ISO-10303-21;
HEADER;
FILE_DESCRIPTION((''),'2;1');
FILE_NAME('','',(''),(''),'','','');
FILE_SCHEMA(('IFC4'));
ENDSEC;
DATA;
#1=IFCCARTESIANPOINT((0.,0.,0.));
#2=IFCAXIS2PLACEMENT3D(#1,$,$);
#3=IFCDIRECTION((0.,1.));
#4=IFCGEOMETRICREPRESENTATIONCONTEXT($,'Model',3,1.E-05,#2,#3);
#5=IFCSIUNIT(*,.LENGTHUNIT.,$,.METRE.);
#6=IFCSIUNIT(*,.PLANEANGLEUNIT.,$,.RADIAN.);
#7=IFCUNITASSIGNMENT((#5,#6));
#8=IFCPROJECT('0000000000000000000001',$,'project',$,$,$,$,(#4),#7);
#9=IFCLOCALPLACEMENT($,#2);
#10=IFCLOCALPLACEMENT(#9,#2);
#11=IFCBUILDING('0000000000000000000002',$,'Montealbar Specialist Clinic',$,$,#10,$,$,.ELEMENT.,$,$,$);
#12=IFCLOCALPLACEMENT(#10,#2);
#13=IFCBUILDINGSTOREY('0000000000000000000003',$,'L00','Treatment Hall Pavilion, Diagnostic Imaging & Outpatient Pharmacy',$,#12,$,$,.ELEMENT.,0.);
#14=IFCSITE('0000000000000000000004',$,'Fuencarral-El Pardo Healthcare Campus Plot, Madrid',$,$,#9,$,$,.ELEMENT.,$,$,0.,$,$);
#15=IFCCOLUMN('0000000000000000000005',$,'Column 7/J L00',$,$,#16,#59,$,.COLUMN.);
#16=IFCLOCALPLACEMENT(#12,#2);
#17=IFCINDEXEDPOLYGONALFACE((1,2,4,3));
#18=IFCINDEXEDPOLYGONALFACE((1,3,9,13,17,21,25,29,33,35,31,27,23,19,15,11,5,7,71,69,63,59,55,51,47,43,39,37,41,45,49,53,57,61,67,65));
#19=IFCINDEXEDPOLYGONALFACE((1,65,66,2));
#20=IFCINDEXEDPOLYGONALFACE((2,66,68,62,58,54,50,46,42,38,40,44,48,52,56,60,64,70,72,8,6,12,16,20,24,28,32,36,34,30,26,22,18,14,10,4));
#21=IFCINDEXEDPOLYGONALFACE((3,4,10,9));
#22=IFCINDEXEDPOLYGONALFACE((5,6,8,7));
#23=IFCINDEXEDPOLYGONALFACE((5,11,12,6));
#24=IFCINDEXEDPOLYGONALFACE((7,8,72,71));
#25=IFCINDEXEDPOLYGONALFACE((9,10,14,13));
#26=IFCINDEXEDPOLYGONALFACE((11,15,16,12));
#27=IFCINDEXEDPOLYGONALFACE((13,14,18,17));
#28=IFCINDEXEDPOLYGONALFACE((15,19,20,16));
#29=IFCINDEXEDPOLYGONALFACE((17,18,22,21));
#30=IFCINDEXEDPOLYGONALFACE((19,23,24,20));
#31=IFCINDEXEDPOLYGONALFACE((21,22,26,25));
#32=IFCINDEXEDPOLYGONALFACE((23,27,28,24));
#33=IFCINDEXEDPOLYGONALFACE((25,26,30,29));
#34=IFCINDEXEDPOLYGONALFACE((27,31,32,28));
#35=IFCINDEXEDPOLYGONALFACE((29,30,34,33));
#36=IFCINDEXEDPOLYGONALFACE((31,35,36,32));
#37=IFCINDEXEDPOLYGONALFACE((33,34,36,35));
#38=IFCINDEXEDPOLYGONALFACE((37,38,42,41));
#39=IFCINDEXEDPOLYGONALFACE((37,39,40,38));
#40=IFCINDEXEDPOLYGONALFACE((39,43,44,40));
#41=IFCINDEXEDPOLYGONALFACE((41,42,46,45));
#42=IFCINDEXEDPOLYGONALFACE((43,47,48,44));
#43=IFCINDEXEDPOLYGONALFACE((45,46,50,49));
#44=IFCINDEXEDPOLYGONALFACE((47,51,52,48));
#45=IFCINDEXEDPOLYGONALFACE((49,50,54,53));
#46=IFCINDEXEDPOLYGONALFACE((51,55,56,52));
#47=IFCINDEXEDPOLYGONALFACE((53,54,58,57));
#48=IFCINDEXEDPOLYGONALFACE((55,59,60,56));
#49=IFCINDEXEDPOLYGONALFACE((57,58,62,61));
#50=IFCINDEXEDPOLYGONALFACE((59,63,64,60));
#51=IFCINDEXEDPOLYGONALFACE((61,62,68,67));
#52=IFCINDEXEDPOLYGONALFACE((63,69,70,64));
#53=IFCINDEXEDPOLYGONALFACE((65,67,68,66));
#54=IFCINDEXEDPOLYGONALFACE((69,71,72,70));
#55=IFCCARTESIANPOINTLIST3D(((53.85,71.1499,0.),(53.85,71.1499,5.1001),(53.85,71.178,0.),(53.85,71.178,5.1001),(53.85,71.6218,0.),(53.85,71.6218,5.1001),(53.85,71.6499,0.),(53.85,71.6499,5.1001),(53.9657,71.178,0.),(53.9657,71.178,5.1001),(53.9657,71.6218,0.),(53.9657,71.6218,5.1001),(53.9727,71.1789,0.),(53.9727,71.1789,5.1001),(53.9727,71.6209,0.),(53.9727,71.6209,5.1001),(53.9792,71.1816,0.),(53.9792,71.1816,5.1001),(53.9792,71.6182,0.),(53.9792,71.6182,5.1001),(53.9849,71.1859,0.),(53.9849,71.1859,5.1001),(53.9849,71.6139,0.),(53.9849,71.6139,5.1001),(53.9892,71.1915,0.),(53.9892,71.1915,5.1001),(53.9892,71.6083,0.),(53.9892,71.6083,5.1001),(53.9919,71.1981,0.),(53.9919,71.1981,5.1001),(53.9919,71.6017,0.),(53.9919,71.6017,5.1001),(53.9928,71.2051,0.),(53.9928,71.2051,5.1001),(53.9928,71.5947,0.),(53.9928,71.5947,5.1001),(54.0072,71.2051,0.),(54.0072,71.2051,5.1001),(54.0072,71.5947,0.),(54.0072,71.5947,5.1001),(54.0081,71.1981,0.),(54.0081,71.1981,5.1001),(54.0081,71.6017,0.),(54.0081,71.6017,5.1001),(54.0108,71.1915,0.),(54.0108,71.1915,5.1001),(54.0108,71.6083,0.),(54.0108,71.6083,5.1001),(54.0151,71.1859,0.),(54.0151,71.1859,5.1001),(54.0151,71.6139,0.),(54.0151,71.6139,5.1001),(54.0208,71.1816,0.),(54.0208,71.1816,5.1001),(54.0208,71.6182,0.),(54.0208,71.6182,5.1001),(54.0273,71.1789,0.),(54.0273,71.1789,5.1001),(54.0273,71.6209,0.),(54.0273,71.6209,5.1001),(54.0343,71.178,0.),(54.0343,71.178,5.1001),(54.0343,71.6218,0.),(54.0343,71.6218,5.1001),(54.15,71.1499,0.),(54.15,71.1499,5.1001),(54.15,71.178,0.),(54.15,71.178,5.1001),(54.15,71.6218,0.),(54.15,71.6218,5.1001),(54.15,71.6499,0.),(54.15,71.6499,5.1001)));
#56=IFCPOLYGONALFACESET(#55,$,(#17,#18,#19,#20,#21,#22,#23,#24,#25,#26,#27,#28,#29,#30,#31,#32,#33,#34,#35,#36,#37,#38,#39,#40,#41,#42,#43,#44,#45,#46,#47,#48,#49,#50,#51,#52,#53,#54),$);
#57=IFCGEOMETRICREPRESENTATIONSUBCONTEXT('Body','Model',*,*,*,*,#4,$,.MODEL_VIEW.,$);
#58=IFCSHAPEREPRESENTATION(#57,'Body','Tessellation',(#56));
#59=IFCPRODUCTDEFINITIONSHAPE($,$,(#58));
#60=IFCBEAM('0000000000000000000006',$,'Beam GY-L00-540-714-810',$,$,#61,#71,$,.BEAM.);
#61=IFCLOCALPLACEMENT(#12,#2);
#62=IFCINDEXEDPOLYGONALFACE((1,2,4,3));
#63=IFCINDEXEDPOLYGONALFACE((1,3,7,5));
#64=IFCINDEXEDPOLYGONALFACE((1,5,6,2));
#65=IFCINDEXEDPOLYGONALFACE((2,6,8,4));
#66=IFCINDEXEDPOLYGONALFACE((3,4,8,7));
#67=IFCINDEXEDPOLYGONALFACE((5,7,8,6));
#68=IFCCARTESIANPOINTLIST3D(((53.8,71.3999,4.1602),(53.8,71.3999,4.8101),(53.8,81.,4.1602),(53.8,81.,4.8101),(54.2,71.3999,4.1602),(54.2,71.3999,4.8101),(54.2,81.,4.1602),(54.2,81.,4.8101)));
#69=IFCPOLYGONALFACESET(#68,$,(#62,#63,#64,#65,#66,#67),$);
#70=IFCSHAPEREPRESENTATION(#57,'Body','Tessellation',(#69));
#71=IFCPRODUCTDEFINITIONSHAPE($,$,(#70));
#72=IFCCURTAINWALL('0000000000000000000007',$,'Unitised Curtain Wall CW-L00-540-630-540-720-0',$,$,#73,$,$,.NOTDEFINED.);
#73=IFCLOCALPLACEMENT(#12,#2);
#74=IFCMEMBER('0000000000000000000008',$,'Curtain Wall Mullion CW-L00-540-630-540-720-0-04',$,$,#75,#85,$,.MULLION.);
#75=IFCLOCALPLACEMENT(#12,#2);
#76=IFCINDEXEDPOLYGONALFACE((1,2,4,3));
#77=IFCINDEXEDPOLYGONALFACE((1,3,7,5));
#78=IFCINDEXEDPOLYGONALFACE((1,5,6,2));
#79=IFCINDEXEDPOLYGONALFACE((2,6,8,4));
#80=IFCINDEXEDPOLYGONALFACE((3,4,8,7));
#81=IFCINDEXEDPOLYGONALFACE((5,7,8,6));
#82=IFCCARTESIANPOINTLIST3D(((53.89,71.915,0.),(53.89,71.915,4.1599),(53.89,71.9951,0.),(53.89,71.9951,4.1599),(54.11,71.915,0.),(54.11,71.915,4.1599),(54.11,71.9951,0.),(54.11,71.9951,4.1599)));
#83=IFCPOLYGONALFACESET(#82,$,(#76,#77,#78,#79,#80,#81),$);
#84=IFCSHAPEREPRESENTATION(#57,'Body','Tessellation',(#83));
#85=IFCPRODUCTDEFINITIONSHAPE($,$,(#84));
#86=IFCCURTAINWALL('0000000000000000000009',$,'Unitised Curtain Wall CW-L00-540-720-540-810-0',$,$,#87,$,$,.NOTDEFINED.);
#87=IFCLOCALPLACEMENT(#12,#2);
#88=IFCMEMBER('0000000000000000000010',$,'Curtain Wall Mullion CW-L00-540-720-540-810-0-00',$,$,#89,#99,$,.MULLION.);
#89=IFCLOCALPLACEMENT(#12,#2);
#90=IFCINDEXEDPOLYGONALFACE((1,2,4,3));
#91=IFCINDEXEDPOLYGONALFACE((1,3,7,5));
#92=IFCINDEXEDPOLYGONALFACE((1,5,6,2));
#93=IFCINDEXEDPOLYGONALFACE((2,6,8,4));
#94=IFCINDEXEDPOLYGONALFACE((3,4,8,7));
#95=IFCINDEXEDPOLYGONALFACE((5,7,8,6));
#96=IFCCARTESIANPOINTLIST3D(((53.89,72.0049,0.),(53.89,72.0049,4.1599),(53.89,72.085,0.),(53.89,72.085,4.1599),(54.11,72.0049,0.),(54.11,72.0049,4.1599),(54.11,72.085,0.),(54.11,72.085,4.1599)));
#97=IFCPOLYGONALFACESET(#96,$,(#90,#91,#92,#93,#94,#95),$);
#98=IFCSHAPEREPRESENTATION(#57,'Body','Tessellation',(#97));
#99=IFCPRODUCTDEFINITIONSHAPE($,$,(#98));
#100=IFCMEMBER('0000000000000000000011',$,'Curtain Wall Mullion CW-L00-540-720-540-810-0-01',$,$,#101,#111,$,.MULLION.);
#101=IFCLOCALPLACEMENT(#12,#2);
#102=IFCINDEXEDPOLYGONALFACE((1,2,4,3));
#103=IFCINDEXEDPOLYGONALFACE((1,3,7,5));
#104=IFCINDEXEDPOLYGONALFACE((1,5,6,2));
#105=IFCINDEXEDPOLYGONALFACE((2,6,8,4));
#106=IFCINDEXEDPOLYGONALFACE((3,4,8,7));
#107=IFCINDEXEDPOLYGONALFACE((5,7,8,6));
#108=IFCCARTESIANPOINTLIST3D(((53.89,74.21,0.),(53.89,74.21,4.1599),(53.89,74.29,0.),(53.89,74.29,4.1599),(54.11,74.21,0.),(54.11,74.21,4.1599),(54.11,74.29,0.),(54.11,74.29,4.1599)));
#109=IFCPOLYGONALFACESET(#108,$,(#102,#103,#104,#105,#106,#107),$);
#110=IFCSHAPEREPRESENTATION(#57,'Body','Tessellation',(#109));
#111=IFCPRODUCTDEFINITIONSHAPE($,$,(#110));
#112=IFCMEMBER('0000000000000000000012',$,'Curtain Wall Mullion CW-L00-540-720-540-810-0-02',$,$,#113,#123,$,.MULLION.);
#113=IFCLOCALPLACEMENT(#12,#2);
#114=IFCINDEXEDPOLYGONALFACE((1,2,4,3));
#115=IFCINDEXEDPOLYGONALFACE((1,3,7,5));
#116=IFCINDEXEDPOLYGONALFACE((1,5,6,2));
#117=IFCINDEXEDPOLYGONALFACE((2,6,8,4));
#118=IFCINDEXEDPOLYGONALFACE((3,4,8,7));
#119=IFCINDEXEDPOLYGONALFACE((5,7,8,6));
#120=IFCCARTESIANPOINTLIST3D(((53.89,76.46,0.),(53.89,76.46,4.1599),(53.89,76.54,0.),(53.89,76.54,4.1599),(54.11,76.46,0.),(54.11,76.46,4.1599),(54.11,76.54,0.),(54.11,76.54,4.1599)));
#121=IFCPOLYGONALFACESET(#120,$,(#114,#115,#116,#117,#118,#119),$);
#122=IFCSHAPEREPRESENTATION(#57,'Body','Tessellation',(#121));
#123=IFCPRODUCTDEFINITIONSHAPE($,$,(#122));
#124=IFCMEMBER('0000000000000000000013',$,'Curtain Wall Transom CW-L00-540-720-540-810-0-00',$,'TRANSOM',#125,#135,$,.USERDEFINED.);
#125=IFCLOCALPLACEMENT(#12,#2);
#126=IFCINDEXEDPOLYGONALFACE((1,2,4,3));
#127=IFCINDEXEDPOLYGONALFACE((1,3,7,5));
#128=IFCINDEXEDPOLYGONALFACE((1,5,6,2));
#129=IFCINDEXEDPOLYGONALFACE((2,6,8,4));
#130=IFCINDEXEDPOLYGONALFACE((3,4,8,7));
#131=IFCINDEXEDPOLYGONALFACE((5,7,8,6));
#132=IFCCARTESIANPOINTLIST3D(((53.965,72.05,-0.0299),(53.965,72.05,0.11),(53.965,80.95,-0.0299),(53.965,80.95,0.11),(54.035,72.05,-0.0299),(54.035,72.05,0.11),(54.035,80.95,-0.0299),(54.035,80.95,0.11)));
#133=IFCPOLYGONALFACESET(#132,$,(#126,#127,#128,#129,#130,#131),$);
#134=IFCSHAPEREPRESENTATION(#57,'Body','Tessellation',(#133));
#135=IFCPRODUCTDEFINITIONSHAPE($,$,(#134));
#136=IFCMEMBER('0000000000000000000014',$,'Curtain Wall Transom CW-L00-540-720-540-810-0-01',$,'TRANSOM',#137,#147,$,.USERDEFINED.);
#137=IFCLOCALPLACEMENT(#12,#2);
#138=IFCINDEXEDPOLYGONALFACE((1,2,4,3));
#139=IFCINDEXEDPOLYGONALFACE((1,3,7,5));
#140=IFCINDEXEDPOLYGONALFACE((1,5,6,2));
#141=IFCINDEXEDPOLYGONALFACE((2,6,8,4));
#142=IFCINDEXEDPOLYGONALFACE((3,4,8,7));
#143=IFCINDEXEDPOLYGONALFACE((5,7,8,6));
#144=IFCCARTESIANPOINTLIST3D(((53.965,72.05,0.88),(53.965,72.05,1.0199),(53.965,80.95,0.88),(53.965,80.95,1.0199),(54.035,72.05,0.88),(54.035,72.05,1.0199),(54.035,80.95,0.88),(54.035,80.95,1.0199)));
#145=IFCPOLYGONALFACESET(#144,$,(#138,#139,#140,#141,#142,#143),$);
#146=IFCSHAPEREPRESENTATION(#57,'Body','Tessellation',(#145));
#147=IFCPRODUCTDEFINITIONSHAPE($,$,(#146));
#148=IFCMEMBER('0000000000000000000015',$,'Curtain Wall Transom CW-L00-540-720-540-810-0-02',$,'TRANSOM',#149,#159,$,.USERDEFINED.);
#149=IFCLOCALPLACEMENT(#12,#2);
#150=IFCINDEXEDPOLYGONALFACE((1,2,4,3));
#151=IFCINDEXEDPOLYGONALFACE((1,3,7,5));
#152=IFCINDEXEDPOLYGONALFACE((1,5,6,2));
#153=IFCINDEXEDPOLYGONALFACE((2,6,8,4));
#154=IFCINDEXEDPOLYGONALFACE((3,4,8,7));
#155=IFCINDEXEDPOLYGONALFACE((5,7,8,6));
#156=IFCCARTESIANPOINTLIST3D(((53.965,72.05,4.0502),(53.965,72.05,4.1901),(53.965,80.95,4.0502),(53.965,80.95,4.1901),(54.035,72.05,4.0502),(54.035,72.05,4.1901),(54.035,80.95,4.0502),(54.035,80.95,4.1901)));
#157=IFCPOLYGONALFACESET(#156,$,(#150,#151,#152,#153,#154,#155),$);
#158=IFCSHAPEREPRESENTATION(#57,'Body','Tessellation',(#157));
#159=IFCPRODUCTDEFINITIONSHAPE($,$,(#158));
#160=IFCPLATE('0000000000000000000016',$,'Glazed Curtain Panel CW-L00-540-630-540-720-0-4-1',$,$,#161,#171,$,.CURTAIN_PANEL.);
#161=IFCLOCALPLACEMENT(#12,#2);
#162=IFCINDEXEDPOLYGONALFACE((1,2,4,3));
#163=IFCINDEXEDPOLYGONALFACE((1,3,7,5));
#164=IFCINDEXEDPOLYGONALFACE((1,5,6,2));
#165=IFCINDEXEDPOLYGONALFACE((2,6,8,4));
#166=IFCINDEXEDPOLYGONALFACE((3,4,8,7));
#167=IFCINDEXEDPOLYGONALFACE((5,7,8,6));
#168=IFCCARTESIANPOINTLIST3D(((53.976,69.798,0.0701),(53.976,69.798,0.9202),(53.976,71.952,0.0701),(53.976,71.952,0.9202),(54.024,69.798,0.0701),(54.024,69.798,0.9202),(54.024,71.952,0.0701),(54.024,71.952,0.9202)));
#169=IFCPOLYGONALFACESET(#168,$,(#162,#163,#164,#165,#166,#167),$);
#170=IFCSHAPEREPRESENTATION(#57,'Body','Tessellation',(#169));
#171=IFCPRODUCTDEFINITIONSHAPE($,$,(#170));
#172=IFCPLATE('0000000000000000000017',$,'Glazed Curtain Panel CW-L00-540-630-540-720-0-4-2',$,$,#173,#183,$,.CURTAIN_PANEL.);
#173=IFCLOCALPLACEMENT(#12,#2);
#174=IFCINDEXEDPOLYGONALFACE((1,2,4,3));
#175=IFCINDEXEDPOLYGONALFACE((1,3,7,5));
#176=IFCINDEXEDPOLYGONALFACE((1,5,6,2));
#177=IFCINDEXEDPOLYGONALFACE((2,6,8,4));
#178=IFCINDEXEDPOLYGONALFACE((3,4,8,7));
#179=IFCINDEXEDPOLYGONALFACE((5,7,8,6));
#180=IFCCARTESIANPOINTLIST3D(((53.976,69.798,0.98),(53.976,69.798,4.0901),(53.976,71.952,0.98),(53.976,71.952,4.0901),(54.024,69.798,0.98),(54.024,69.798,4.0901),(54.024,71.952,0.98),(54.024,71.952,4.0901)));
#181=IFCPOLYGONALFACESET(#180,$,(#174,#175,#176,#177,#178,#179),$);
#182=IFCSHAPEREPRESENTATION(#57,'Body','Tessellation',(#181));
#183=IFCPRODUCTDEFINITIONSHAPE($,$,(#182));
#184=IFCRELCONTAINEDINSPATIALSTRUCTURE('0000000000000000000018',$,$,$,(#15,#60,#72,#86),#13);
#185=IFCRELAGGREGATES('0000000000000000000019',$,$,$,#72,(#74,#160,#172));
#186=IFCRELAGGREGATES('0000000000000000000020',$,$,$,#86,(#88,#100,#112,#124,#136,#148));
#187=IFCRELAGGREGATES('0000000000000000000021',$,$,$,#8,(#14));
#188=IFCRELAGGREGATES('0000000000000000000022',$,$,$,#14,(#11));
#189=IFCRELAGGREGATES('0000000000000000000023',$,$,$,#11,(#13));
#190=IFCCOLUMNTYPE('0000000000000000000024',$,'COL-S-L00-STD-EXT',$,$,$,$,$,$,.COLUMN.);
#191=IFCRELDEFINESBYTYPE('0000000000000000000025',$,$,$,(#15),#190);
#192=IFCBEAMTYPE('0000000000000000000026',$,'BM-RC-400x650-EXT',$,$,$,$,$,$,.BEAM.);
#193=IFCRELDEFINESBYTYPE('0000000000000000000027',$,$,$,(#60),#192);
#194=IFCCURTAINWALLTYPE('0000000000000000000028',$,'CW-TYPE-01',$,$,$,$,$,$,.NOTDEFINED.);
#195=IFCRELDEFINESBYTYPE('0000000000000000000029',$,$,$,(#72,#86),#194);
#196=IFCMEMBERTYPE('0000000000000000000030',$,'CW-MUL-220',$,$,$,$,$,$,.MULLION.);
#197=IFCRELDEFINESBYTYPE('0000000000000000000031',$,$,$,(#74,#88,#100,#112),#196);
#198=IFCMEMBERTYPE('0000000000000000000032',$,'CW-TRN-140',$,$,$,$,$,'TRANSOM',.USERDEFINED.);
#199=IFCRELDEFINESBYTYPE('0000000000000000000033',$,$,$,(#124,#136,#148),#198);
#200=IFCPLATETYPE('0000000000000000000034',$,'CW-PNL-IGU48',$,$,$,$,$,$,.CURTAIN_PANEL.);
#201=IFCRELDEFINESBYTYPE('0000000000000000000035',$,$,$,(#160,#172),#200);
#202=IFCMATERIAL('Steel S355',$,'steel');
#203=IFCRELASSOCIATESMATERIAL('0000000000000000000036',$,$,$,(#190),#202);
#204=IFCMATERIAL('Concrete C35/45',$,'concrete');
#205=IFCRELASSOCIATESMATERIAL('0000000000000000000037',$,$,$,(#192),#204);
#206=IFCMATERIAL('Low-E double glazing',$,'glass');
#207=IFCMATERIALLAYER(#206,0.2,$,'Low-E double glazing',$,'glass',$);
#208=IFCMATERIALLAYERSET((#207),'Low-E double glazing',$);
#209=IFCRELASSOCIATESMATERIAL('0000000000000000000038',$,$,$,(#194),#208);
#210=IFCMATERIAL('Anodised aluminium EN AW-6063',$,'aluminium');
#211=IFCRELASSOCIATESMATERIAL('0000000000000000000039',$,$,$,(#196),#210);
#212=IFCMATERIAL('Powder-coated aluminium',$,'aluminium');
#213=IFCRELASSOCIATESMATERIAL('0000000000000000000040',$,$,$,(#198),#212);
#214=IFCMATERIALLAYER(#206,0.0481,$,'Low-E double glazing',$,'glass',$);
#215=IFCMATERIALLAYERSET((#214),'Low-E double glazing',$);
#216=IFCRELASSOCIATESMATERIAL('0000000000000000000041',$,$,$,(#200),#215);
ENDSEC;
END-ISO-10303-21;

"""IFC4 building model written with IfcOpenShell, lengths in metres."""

from ifc_helpers import new_model, si_unit, direction, frame, origin, origin_2d, place, context, subcontext, project, spatial, rectangle, i_section, extrude, material, layer, layer_set, material_profile, profile_set, type_object, element, aggregate, save


model = new_model("IFC4")

# Units and contexts
model_context = context("Model", 3, precision=1e-05, world=origin(), true_north=direction((0.0, 1.0)))
body_context = subcontext(model_context, "Body", "Model", "MODEL_VIEW")
ifc_project = project(units=[si_unit("LENGTHUNIT", "METRE"), si_unit("PLANEANGLEUNIT", "RADIAN")], contexts=[model_context])

# Site, building, storey
site_placement = place(None, origin())
site = spatial("IfcSite", under=ifc_project, at=site_placement, Name="Fuencarral-El Pardo Healthcare Campus Plot, Madrid", CompositionType="ELEMENT", RefElevation=0.0)
building_placement = place(site_placement, origin())
building = spatial("IfcBuilding", under=site, at=building_placement, Name="Montealbar Specialist Clinic", CompositionType="ELEMENT")
storey_placement = place(building_placement, origin())
storey = spatial("IfcBuildingStorey", under=building, at=storey_placement, Name="L00", Description="Treatment Hall Pavilion, Diagnostic Imaging & Outpatient Pharmacy", CompositionType="ELEMENT", Elevation=0.0)

# Column
ifc_material_1 = material(Name="Steel S355", Category="steel")
ifc_material_profile_1 = material_profile(ifc_material_1, i_section(OverallWidth=0.3, OverallDepth=0.5, WebThickness=0.0144, FlangeThickness=0.0281, FilletRadius=0.0271, at=origin_2d()), Name="HEB 500", Category="steel")
ifc_profile_set_1 = profile_set([ifc_material_profile_1], Name="Steel S355")
column_type = type_object("IfcColumnType", Name="COL-S-L00-STD-EXT", PredefinedType="COLUMN", material=ifc_profile_set_1)
column_placement = place(storey_placement, frame((54.0, 71.3999, 0.0), z_axis=(0.0, 0.0, 1.0), x_axis=(1.0, 0.0, 0.0)))
element("IfcColumn", 1, at=column_placement, inside=storey, type_object=column_type, Name="Column 7/J L00", PredefinedType="COLUMN", context=body_context, shape_type="SweptSolid", body=[
    extrude(i_section(OverallWidth=0.3, OverallDepth=0.5, WebThickness=0.0144, FlangeThickness=0.0281, FilletRadius=0.0271, at=origin_2d()), origin(), (0.0, 0.0, 1.0), 5.1001),
])

# Beam
ifc_material_2 = material(Name="Concrete C35/45", Category="concrete")
ifc_material_profile_2 = material_profile(ifc_material_2, rectangle(XDim=0.3999, YDim=0.6499, at=origin_2d()), Name="RC 400x650", Category="concrete")
ifc_profile_set_2 = profile_set([ifc_material_profile_2], Name="Concrete C35/45")
beam_type = type_object("IfcBeamType", Name="BM-RC-400x650-EXT", PredefinedType="BEAM", material=ifc_profile_set_2)
beam_placement = place(storey_placement, frame((54.0, 71.3999, 4.4851), z_axis=(0.0, 1.0, 0.0), x_axis=(-1.0, 0.0, 0.0)))
element("IfcBeam", 2, at=beam_placement, inside=storey, type_object=beam_type, Name="Beam GY-L00-540-714-810", PredefinedType="BEAM", context=body_context, shape_type="SweptSolid", body=[
    extrude(rectangle(XDim=0.3999, YDim=0.6499, at=origin_2d()), origin(), (0.0, 0.0, 1.0), 9.6001),
])

# Curtain wall, member
ifc_material_3 = material(Name="Low-E double glazing", Category="glass")
ifc_layer_1 = layer(ifc_material_3, 0.2, Name="Low-E double glazing", Category="glass")
ifc_layer_set_1 = layer_set([ifc_layer_1], Name="Low-E double glazing")
curtain_wall_type = type_object("IfcCurtainWallType", Name="CW-TYPE-01", PredefinedType="NOTDEFINED", material=ifc_layer_set_1)
curtain_wall_1_placement = place(storey_placement, origin())
curtain_wall_1 = element("IfcCurtainWall", 3, at=curtain_wall_1_placement, inside=storey, type_object=curtain_wall_type, Name="Unitised Curtain Wall CW-L00-540-630-540-720-0", PredefinedType="NOTDEFINED")
ifc_material_4 = material(Name="Anodised aluminium EN AW-6063", Category="aluminium")
ifc_material_profile_3 = material_profile(ifc_material_4, rectangle(XDim=0.0801, YDim=0.22, at=origin_2d()), Name="ALU 80x220", Category="aluminium")
ifc_profile_set_3 = profile_set([ifc_material_profile_3], Name="Anodised aluminium EN AW-6063")
member_type_1 = type_object("IfcMemberType", Name="CW-MUL-220", PredefinedType="MULLION", material=ifc_profile_set_3)
member_1_placement = place(storey_placement, frame((54.0, 71.9551, 0.0), z_axis=(0.0, 0.0, 1.0), x_axis=(0.0, 1.0, 0.0)))
member_1 = element("IfcMember", 4, at=member_1_placement, type_object=member_type_1, Name="Curtain Wall Mullion CW-L00-540-630-540-720-0-04", PredefinedType="MULLION", context=body_context, shape_type="SweptSolid", body=[
    extrude(rectangle(XDim=0.0801, YDim=0.22, at=origin_2d()), origin(), (0.0, 0.0, 1.0), 4.1599),
])

# Curtain wall, members
curtain_wall_2_placement = place(storey_placement, origin())
curtain_wall_2 = element("IfcCurtainWall", 5, at=curtain_wall_2_placement, inside=storey, type_object=curtain_wall_type, Name="Unitised Curtain Wall CW-L00-540-720-540-810-0", PredefinedType="NOTDEFINED")
member_2_placement = place(storey_placement, frame((54.0, 72.0449, 0.0), z_axis=(0.0, 0.0, 1.0), x_axis=(0.0, 1.0, 0.0)))
member_2 = element("IfcMember", 6, at=member_2_placement, type_object=member_type_1, Name="Curtain Wall Mullion CW-L00-540-720-540-810-0-00", PredefinedType="MULLION", context=body_context, shape_type="SweptSolid", body=[
    extrude(rectangle(XDim=0.0801, YDim=0.22, at=origin_2d()), origin(), (0.0, 0.0, 1.0), 4.1599),
])
member_3_placement = place(storey_placement, frame((54.0, 74.25, 0.0), z_axis=(0.0, 0.0, 1.0), x_axis=(0.0, 1.0, 0.0)))
member_3 = element("IfcMember", 7, at=member_3_placement, type_object=member_type_1, Name="Curtain Wall Mullion CW-L00-540-720-540-810-0-01", PredefinedType="MULLION", context=body_context, shape_type="SweptSolid", body=[
    extrude(rectangle(XDim=0.0801, YDim=0.22, at=origin_2d()), origin(), (0.0, 0.0, 1.0), 4.1599),
])
member_4_placement = place(storey_placement, frame((54.0, 76.5, 0.0), z_axis=(0.0, 0.0, 1.0), x_axis=(0.0, 1.0, 0.0)))
member_4 = element("IfcMember", 8, at=member_4_placement, type_object=member_type_1, Name="Curtain Wall Mullion CW-L00-540-720-540-810-0-02", PredefinedType="MULLION", context=body_context, shape_type="SweptSolid", body=[
    extrude(rectangle(XDim=0.0801, YDim=0.22, at=origin_2d()), origin(), (0.0, 0.0, 1.0), 4.1599),
])
ifc_material_5 = material(Name="Powder-coated aluminium", Category="aluminium")
ifc_material_profile_4 = material_profile(ifc_material_5, rectangle(XDim=0.0701, YDim=0.1399, at=origin_2d()), Name="ALU 70x140", Category="aluminium")
ifc_profile_set_4 = profile_set([ifc_material_profile_4], Name="Powder-coated aluminium")
member_type_2 = type_object("IfcMemberType", Name="CW-TRN-140", ElementType="TRANSOM", PredefinedType="USERDEFINED", material=ifc_profile_set_4)
member_5_placement = place(storey_placement, frame((54.0, 72.05, 0.04), z_axis=(0.0, 1.0, 0.0), x_axis=(-1.0, 0.0, 0.0)))
member_5 = element("IfcMember", 9, at=member_5_placement, type_object=member_type_2, Name="Curtain Wall Transom CW-L00-540-720-540-810-0-00", ObjectType="TRANSOM", PredefinedType="USERDEFINED", context=body_context, shape_type="SweptSolid", body=[
    extrude(rectangle(XDim=0.0701, YDim=0.1399, at=origin_2d()), origin(), (0.0, 0.0, 1.0), 8.8999),
])
member_6_placement = place(storey_placement, frame((54.0, 72.05, 0.95), z_axis=(0.0, 1.0, 0.0), x_axis=(-1.0, 0.0, 0.0)))
member_6 = element("IfcMember", 10, at=member_6_placement, type_object=member_type_2, Name="Curtain Wall Transom CW-L00-540-720-540-810-0-01", ObjectType="TRANSOM", PredefinedType="USERDEFINED", context=body_context, shape_type="SweptSolid", body=[
    extrude(rectangle(XDim=0.0701, YDim=0.1399, at=origin_2d()), origin(), (0.0, 0.0, 1.0), 8.8999),
])
member_7_placement = place(storey_placement, frame((54.0, 72.05, 4.1201), z_axis=(0.0, 1.0, 0.0), x_axis=(-1.0, 0.0, 0.0)))
member_7 = element("IfcMember", 11, at=member_7_placement, type_object=member_type_2, Name="Curtain Wall Transom CW-L00-540-720-540-810-0-02", ObjectType="TRANSOM", PredefinedType="USERDEFINED", context=body_context, shape_type="SweptSolid", body=[
    extrude(rectangle(XDim=0.0701, YDim=0.1399, at=origin_2d()), origin(), (0.0, 0.0, 1.0), 8.8999),
])

# Plates
ifc_layer_2 = layer(ifc_material_3, 0.0481, Name="Low-E double glazing", Category="glass")
ifc_layer_set_2 = layer_set([ifc_layer_2], Name="Low-E double glazing")
plate_type = type_object("IfcPlateType", Name="CW-PNL-IGU48", PredefinedType="CURTAIN_PANEL", material=ifc_layer_set_2)
plate_1_placement = place(storey_placement, frame((54.0, 70.875, 0.0701), z_axis=(0.0, 0.0, 1.0), x_axis=(0.0, 1.0, 0.0)))
plate_1 = element("IfcPlate", 12, at=plate_1_placement, type_object=plate_type, Name="Glazed Curtain Panel CW-L00-540-630-540-720-0-4-1", PredefinedType="CURTAIN_PANEL", context=body_context, shape_type="SweptSolid", body=[
    extrude(rectangle(XDim=2.1541, YDim=0.0481, at=origin_2d()), origin(), (0.0, 0.0, 1.0), 0.8501),
])
plate_2_placement = place(storey_placement, frame((54.0, 70.875, 0.98), z_axis=(0.0, 0.0, 1.0), x_axis=(0.0, 1.0, 0.0)))
plate_2 = element("IfcPlate", 13, at=plate_2_placement, type_object=plate_type, Name="Glazed Curtain Panel CW-L00-540-630-540-720-0-4-2", PredefinedType="CURTAIN_PANEL", context=body_context, shape_type="SweptSolid", body=[
    extrude(rectangle(XDim=2.1541, YDim=0.0481, at=origin_2d()), origin(), (0.0, 0.0, 1.0), 3.1101),
])
aggregate(curtain_wall_1, [member_1, plate_1, plate_2])
aggregate(curtain_wall_2, [member_2, member_3, member_4, member_5, member_6, member_7])

save(model, "model.ifc")
